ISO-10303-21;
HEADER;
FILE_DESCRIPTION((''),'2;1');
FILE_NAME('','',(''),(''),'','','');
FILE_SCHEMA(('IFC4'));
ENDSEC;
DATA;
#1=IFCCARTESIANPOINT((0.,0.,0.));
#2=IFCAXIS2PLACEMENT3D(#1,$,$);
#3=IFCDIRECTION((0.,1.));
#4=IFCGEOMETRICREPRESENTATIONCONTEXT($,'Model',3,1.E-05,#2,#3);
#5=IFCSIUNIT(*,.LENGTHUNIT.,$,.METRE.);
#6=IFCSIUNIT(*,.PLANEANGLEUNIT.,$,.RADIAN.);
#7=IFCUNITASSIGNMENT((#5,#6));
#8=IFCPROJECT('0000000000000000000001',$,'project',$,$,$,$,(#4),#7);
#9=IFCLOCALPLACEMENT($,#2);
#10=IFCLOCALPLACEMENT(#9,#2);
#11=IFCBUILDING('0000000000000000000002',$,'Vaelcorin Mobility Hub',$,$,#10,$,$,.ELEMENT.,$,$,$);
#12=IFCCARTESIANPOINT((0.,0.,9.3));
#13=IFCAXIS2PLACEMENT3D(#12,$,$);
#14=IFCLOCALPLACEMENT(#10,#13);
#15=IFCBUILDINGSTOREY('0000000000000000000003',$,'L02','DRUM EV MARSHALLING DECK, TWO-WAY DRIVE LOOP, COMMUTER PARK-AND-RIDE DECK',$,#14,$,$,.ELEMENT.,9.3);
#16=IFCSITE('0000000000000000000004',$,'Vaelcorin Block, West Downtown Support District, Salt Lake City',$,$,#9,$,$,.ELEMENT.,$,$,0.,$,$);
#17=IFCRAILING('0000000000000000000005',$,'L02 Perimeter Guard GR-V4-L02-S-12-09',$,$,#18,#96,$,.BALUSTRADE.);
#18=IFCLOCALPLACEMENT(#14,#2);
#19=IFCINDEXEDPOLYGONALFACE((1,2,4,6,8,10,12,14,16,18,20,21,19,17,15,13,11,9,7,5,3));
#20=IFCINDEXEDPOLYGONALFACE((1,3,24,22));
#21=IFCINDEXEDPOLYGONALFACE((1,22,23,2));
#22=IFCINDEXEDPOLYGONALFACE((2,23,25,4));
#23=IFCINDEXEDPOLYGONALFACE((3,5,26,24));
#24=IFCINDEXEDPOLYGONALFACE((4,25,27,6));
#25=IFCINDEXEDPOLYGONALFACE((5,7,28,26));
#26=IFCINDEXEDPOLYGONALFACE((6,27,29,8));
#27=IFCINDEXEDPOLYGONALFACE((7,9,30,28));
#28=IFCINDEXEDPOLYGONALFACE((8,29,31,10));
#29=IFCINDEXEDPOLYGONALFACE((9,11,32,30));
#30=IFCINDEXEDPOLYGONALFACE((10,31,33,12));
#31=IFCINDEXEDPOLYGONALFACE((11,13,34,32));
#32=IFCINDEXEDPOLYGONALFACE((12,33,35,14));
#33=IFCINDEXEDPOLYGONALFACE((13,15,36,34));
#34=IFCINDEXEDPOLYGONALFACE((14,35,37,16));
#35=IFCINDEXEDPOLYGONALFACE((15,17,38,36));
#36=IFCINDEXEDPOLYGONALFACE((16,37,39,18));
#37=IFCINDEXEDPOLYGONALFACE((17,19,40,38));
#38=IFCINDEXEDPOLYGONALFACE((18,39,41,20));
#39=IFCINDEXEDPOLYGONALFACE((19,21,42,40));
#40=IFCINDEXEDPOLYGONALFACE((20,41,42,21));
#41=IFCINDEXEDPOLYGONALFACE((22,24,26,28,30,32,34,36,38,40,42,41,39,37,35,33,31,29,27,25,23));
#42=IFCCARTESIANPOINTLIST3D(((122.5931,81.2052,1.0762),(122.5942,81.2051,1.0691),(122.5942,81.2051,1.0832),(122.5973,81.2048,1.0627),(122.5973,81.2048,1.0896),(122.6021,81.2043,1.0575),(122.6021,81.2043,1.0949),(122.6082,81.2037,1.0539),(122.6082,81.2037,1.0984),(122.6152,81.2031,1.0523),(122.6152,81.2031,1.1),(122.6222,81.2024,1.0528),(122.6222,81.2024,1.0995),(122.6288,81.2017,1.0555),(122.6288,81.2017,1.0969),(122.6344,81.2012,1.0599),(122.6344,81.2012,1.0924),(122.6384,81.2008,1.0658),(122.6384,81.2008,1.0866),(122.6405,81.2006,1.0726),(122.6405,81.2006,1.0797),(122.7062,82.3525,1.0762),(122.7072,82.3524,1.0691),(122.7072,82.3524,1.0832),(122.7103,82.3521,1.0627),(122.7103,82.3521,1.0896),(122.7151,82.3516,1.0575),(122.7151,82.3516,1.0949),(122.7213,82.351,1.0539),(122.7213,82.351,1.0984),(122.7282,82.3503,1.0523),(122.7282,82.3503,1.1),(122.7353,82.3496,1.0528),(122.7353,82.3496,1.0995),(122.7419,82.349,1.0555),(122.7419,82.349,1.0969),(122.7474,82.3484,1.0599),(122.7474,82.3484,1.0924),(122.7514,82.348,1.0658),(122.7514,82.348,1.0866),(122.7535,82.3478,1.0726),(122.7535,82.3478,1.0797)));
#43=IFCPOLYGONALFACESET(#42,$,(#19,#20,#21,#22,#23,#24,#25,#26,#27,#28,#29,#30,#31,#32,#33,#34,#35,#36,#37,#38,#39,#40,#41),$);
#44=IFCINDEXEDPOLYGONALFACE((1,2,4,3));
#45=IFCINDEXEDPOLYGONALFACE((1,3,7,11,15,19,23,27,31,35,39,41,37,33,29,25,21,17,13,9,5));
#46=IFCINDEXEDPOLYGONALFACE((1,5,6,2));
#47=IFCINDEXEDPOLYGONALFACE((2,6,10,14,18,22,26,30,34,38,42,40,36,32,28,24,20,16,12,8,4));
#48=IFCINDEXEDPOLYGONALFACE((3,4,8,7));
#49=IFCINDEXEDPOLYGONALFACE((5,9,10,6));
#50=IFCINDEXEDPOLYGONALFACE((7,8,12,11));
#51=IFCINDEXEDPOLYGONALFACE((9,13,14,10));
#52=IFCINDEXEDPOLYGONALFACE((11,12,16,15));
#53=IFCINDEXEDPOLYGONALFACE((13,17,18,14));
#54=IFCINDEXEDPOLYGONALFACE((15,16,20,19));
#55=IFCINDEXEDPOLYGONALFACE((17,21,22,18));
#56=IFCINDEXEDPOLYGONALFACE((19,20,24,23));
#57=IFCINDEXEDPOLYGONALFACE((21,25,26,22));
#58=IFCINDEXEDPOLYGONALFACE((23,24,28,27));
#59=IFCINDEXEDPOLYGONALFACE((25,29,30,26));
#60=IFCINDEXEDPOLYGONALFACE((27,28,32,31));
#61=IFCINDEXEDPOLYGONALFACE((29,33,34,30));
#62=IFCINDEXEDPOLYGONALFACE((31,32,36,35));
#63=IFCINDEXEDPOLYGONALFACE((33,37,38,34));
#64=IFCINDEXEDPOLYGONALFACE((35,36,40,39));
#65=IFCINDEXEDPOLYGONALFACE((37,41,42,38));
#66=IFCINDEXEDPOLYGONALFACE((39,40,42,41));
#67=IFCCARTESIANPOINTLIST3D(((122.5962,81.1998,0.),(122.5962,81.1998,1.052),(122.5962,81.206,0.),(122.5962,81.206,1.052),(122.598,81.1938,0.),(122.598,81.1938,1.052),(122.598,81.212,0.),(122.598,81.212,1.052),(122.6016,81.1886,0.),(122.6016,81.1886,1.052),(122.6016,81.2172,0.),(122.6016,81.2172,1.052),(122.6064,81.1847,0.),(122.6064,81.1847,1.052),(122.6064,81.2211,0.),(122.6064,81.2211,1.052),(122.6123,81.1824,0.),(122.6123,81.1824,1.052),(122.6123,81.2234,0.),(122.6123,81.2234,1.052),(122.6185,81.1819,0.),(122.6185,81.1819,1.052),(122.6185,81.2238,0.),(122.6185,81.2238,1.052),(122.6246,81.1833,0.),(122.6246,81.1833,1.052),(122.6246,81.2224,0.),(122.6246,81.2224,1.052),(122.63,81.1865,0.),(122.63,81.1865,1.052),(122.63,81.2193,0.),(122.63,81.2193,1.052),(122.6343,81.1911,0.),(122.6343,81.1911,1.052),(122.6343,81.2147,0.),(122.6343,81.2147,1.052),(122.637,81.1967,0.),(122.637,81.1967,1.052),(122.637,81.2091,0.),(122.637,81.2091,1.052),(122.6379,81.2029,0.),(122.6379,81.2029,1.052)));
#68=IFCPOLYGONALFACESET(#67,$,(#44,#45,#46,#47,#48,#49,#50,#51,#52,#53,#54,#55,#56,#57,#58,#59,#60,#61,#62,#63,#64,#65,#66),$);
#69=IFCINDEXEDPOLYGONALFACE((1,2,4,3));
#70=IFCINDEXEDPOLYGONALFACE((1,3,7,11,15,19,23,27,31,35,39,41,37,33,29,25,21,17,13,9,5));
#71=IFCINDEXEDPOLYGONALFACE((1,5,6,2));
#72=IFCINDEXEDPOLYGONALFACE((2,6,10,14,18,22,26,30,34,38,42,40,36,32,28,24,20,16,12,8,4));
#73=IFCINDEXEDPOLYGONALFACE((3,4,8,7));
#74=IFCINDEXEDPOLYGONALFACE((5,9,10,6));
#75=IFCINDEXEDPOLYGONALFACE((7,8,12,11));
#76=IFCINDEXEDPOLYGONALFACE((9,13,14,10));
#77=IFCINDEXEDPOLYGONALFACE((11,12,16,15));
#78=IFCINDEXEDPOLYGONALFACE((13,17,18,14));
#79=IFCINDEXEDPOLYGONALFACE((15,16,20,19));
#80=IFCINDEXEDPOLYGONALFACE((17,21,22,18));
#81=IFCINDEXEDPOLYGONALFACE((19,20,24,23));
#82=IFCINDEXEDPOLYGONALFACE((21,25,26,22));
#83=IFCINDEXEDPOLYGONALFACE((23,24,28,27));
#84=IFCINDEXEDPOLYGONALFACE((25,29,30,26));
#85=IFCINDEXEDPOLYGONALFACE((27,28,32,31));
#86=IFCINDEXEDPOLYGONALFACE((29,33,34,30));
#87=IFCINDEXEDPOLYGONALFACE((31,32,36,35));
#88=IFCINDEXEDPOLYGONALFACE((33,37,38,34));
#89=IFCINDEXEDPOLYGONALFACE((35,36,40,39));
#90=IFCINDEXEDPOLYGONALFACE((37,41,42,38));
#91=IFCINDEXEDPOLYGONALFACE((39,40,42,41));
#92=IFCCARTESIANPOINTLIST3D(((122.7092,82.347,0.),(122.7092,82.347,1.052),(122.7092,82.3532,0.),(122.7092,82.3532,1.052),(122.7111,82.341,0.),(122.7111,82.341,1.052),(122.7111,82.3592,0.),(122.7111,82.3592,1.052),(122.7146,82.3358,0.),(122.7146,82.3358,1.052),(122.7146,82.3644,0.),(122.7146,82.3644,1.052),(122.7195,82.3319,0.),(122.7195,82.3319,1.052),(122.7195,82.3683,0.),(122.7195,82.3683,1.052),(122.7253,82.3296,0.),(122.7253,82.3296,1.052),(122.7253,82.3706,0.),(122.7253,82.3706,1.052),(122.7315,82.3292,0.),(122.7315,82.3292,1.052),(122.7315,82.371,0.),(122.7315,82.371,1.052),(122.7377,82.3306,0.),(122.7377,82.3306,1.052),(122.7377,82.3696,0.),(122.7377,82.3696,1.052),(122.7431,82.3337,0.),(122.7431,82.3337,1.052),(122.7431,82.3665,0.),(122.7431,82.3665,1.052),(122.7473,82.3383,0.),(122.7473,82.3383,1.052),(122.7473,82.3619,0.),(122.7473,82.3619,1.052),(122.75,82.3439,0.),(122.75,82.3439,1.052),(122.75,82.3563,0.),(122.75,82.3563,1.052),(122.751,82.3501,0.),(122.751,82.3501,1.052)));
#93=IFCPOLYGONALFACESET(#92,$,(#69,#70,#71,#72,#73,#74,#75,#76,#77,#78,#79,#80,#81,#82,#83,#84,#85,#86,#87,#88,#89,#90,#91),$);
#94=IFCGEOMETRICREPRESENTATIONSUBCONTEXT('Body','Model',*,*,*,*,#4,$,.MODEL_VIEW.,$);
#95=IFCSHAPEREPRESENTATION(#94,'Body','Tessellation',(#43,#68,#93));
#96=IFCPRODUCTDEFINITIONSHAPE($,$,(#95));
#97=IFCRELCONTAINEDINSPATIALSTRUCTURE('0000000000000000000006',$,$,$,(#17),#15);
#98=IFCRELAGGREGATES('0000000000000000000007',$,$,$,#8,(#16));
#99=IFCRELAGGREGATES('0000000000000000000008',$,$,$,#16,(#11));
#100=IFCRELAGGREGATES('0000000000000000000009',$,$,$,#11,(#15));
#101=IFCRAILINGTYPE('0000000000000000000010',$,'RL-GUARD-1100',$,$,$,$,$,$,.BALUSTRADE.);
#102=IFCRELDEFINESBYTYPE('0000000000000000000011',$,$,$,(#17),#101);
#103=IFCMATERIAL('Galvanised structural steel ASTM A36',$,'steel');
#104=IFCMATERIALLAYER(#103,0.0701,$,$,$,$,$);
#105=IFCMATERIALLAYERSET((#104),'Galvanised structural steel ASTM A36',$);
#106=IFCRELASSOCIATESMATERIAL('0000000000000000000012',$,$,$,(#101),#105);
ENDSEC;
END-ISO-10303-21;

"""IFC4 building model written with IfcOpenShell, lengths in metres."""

from ifc_helpers import new_model, si_unit, direction, frame, origin, origin_2d, place, context, subcontext, project, spatial, circle, extrude, material, layer, layer_set, type_object, element, save


model = new_model("IFC4")

# Units and contexts
model_context = context("Model", 3, precision=1e-05, world=origin(), true_north=direction((0.0, 1.0)))
body_context = subcontext(model_context, "Body", "Model", "MODEL_VIEW")
ifc_project = project(units=[si_unit("LENGTHUNIT", "METRE"), si_unit("PLANEANGLEUNIT", "RADIAN")], contexts=[model_context])

# Site, building, storey
site_placement = place(None, origin())
site = spatial("IfcSite", under=ifc_project, at=site_placement, Name="Vaelcorin Block, West Downtown Support District, Salt Lake City", CompositionType="ELEMENT", RefElevation=0.0)
building_placement = place(site_placement, origin())
building = spatial("IfcBuilding", under=site, at=building_placement, Name="Vaelcorin Mobility Hub", CompositionType="ELEMENT")
storey_placement = place(building_placement, frame((0.0, 0.0, 9.3)))
storey = spatial("IfcBuildingStorey", under=building, at=storey_placement, Name="L02", Description="DRUM EV MARSHALLING DECK, TWO-WAY DRIVE LOOP, COMMUTER PARK-AND-RIDE DECK", CompositionType="ELEMENT", Elevation=9.3)

# Railing
ifc_material_1 = material(Name="Galvanised structural steel ASTM A36", Category="steel")
ifc_layer = layer(ifc_material_1, 0.0701)
ifc_layer_set = layer_set([ifc_layer], Name="Galvanised structural steel ASTM A36")
railing_type = type_object("IfcRailingType", Name="RL-GUARD-1100", PredefinedType="BALUSTRADE", material=ifc_layer_set)
railing_1_placement = place(storey_placement, frame((122.6169, 81.2029, 0.0)))
element("IfcRailing", 1, at=railing_1_placement, inside=storey, type_object=railing_type, Name="L02 Perimeter Guard GR-V4-L02-S-12-09", PredefinedType="BALUSTRADE", context=body_context, shape_type="SweptSolid", body=[
    extrude(circle(Radius=0.0239, at=origin_2d()), frame((0.0, 0.0, 1.0762), z_axis=(0.098057, 0.995181, 0.0), x_axis=(-0.995181, 0.098057, 0.0)), (0.0, 0.0, 1.0), 1.1528),
    extrude(circle(Radius=0.021, at=origin_2d()), origin(), (0.0, 0.0, 1.0), 1.052),
    extrude(circle(Radius=0.021, at=origin_2d()), frame((0.113, 1.1472, 0.0)), (0.0, 0.0, 1.0), 1.052),
])

save(model, "model.ifc")
